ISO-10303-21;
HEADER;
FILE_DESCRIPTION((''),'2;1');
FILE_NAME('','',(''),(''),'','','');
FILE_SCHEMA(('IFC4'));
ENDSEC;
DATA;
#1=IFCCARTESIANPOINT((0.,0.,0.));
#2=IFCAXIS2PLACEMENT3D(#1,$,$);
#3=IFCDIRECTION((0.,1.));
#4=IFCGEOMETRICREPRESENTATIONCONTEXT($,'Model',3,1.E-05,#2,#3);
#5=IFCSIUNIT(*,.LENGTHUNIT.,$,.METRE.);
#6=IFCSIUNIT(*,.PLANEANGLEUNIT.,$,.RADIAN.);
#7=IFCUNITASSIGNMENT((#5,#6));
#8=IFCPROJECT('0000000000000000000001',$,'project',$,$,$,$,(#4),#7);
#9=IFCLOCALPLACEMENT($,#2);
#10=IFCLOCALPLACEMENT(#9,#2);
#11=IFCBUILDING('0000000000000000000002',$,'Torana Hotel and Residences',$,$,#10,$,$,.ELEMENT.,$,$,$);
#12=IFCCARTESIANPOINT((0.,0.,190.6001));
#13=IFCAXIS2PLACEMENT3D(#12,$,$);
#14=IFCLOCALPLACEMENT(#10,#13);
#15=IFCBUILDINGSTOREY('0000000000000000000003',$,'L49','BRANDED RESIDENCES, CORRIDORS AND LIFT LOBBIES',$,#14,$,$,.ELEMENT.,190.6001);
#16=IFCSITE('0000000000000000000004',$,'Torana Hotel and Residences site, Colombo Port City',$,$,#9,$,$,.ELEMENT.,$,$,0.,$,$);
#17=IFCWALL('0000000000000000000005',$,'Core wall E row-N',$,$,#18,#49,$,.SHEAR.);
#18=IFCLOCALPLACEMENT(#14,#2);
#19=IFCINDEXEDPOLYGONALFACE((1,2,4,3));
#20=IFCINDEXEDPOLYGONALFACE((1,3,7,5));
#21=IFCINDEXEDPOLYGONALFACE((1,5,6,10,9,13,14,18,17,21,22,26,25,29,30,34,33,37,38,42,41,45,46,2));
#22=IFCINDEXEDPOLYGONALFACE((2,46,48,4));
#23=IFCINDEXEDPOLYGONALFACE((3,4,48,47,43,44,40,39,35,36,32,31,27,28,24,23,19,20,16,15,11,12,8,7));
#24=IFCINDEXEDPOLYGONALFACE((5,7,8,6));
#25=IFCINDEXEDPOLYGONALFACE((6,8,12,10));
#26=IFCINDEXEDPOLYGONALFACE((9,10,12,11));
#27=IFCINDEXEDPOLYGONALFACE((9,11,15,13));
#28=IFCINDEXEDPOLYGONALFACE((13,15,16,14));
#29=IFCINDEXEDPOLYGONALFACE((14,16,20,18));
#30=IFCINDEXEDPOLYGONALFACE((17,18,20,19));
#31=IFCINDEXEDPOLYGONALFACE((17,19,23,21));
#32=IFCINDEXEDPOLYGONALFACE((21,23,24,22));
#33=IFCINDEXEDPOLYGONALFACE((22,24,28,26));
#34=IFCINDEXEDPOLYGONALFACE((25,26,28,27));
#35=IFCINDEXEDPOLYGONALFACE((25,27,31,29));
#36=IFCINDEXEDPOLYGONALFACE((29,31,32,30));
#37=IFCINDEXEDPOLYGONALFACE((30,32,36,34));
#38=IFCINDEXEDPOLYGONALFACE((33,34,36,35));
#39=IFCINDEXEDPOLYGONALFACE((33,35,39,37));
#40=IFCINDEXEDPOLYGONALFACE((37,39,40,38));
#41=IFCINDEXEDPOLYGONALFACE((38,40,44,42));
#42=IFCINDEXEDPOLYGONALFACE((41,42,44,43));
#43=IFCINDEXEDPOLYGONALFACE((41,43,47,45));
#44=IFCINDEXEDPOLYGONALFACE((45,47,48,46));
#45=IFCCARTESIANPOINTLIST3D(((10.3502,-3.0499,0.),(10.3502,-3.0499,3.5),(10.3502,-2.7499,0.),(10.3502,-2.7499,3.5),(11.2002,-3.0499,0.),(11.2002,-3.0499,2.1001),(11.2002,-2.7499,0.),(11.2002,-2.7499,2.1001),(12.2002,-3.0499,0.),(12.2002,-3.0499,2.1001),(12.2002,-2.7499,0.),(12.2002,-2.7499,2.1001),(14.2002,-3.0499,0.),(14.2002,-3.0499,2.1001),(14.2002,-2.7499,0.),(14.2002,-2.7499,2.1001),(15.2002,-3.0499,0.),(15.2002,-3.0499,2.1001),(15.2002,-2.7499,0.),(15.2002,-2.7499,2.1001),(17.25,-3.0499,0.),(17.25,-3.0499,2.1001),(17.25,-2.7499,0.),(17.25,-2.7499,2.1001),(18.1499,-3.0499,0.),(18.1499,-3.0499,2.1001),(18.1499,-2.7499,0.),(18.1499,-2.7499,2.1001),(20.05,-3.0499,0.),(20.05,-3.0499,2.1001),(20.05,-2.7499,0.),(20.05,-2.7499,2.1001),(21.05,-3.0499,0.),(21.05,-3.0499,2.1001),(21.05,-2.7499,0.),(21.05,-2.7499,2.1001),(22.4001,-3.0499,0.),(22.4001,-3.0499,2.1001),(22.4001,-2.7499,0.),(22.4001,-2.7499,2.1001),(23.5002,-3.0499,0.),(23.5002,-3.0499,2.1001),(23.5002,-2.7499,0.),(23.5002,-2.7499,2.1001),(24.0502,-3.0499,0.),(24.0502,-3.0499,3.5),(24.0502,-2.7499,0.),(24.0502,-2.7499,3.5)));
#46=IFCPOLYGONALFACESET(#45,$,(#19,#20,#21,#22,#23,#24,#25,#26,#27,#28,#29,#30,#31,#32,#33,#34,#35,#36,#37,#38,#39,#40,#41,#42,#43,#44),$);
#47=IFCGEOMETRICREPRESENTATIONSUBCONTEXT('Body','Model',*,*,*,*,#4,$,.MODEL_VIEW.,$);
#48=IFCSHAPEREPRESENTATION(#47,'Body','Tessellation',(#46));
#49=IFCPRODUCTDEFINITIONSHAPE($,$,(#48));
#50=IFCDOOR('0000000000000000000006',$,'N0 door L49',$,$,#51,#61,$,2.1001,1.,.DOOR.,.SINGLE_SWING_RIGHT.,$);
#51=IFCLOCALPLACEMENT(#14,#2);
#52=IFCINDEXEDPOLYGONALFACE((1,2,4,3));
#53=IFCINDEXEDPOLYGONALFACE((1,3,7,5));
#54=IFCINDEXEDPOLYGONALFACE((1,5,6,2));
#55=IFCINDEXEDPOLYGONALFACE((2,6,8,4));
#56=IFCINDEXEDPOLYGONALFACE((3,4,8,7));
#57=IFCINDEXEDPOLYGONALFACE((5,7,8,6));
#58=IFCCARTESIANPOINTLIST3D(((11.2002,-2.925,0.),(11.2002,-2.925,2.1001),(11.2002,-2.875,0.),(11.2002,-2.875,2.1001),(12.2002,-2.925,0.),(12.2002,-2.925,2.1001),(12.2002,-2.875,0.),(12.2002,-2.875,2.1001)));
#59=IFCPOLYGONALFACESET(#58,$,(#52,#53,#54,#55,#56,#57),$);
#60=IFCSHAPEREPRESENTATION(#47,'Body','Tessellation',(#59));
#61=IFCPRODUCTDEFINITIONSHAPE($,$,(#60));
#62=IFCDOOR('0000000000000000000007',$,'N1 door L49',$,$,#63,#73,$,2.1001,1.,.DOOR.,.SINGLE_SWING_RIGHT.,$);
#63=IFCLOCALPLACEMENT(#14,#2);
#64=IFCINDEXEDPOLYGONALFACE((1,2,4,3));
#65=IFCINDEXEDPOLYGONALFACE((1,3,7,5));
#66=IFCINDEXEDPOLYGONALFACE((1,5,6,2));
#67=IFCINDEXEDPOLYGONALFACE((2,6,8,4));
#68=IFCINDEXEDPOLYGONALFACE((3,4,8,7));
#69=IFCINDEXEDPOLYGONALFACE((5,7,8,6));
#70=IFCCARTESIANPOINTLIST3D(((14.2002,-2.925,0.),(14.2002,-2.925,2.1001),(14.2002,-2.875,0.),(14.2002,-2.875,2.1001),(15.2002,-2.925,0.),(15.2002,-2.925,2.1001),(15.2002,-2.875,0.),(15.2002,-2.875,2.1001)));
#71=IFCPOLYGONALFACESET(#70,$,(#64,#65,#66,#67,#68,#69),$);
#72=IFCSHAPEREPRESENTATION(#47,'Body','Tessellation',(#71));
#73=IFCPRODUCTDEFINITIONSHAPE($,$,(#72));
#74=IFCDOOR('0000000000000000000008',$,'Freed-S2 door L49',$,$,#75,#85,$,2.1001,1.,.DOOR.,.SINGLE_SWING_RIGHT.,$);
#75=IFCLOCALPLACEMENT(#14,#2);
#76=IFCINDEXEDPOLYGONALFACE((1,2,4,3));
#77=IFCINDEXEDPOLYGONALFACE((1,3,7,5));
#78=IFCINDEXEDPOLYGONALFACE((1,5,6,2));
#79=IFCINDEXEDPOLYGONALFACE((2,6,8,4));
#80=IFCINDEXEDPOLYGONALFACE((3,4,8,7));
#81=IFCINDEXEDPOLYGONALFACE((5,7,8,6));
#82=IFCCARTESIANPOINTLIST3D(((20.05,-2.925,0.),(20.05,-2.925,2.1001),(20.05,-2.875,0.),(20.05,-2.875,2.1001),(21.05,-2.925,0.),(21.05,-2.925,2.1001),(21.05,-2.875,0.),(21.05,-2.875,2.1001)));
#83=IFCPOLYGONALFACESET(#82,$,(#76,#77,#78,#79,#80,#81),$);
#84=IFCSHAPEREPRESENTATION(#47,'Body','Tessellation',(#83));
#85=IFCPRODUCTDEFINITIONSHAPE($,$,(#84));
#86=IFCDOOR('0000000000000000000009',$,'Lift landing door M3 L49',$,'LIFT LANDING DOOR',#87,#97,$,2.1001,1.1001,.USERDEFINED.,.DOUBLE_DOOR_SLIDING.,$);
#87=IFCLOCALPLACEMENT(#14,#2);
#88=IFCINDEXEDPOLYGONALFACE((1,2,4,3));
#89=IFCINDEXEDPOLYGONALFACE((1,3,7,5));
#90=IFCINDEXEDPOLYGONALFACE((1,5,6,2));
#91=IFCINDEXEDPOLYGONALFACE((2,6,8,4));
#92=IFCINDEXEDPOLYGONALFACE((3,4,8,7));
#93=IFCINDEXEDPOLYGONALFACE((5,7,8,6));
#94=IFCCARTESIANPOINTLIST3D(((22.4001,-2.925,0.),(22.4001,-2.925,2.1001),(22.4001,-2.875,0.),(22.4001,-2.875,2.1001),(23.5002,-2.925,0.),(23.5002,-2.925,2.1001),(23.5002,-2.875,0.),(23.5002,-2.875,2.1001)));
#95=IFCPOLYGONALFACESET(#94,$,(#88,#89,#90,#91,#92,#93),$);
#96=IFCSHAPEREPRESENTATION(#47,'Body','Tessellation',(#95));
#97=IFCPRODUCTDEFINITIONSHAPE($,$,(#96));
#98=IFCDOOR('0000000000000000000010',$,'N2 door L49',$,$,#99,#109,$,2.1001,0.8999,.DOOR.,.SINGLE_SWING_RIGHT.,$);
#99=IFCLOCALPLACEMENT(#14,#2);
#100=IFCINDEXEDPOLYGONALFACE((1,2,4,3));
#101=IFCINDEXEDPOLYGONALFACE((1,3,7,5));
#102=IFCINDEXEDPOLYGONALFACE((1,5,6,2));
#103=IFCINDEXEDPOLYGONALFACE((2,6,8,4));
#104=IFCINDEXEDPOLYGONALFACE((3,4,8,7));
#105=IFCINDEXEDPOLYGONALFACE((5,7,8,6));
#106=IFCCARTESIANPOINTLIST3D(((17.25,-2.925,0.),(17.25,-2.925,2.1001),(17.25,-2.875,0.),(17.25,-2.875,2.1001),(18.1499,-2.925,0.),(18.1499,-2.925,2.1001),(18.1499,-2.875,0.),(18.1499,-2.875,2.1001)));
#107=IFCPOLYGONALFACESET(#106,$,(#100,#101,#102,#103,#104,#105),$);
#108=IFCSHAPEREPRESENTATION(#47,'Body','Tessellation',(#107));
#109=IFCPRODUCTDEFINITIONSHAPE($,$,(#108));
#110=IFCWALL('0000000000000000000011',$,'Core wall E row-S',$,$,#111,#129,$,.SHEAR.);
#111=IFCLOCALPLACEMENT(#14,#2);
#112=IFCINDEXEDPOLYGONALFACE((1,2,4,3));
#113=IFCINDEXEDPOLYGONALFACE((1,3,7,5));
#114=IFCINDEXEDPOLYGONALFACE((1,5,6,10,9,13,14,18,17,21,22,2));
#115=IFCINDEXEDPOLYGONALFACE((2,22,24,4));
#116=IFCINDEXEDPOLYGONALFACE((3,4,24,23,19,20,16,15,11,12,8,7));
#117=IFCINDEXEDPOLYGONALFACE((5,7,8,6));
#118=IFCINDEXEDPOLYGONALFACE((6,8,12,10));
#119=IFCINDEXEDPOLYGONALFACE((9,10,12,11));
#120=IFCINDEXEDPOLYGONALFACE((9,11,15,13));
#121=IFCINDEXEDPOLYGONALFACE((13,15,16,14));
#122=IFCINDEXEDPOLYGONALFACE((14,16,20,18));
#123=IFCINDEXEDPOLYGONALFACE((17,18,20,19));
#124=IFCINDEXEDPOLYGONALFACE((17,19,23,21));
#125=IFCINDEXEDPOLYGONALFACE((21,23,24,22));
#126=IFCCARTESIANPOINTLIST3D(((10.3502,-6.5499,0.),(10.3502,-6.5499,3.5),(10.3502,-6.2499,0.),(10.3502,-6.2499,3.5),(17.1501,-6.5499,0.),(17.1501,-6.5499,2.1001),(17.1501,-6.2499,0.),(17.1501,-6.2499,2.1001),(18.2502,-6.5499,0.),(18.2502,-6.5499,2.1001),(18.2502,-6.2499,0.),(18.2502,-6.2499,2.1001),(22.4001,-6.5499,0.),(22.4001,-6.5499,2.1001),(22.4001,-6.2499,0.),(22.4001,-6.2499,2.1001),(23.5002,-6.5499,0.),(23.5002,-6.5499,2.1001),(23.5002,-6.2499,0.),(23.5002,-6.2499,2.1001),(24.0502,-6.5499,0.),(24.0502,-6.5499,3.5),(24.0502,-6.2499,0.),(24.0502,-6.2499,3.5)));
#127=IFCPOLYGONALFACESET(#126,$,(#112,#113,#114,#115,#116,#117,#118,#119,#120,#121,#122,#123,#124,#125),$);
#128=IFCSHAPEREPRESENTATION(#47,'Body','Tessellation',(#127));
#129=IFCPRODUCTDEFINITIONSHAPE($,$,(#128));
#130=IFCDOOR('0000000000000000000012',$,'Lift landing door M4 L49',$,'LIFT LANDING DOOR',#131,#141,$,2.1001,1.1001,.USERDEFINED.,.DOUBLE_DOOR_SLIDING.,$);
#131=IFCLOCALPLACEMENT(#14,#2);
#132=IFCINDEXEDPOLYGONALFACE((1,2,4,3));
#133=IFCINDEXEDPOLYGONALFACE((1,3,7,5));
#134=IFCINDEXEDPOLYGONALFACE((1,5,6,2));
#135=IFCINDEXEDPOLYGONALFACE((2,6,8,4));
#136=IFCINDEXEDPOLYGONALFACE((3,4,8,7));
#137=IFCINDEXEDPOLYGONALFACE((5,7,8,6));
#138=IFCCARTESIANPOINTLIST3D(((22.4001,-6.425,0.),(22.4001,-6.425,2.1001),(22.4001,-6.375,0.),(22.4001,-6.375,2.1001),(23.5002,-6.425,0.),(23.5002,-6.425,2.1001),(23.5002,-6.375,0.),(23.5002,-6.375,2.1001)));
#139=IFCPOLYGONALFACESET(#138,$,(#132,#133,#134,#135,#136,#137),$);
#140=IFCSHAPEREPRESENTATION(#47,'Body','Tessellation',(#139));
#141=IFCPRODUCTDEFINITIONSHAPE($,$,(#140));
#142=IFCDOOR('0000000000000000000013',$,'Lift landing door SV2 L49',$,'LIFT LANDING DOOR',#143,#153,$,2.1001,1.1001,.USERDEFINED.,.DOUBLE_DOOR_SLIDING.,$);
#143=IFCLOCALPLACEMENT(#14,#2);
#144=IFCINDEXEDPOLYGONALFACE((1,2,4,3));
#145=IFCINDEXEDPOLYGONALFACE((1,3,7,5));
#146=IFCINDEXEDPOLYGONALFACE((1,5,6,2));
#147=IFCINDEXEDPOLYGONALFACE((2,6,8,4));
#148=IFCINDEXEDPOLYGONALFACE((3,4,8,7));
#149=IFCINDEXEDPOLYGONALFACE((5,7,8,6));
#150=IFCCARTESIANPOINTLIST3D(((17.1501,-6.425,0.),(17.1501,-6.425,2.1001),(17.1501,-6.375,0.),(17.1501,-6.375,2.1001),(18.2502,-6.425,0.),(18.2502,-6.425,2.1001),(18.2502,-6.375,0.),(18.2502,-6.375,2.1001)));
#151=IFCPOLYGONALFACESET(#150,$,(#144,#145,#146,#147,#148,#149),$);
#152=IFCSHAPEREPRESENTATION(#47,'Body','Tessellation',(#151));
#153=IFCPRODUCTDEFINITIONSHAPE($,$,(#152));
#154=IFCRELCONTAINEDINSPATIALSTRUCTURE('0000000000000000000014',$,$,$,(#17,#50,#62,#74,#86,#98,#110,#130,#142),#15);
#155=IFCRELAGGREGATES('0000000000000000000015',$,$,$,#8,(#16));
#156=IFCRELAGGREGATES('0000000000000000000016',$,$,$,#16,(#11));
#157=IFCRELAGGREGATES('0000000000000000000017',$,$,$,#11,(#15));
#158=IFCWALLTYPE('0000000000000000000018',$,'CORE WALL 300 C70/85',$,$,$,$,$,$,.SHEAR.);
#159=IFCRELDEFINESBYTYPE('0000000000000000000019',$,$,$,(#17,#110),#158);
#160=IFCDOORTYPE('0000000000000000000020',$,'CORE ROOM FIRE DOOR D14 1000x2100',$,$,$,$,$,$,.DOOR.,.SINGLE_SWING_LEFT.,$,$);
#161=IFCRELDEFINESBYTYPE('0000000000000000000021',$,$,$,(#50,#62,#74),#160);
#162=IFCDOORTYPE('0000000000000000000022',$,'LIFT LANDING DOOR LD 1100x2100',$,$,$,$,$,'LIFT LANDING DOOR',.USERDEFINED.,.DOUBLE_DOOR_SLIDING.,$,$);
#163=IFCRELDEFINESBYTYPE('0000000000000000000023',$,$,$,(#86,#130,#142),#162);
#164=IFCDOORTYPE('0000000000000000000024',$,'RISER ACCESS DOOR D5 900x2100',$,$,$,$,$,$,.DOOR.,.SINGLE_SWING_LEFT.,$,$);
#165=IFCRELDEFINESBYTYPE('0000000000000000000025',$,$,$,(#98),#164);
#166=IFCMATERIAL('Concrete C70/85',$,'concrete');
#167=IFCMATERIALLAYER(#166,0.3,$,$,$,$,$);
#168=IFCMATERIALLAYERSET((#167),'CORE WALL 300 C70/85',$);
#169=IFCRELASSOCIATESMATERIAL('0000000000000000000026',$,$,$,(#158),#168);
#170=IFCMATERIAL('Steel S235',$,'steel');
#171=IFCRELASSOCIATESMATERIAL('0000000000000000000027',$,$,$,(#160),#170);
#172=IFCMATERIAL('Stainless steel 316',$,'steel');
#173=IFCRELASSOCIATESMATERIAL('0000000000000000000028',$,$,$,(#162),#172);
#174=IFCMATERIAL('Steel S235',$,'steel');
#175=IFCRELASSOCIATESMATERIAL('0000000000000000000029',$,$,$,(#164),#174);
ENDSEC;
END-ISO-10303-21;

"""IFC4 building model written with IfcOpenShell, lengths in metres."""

from ifc_helpers import new_model, si_unit, direction, frame, frame_2d, origin, place, context, subcontext, project, spatial, rectangle, extrude, material, layer, layer_set, type_object, element, fill, save


model = new_model("IFC4")

# Units and contexts
model_context = context("Model", 3, precision=1e-05, world=origin(), true_north=direction((0.0, 1.0)))
body_context = subcontext(model_context, "Body", "Model", "MODEL_VIEW")
ifc_project = project(units=[si_unit("LENGTHUNIT", "METRE"), si_unit("PLANEANGLEUNIT", "RADIAN")], contexts=[model_context])

# Site, building, storey
site_placement = place(None, origin())
site = spatial("IfcSite", under=ifc_project, at=site_placement, Name="Torana Hotel and Residences site, Colombo Port City", CompositionType="ELEMENT", RefElevation=0.0)
building_placement = place(site_placement, origin())
building = spatial("IfcBuilding", under=site, at=building_placement, Name="Torana Hotel and Residences", CompositionType="ELEMENT")
storey_placement = place(building_placement, frame((0.0, 0.0, 190.6001)))
storey = spatial("IfcBuildingStorey", under=building, at=storey_placement, Name="L49", Description="BRANDED RESIDENCES, CORRIDORS AND LIFT LOBBIES", CompositionType="ELEMENT", Elevation=190.6001)

# Walls, openings, doors
ifc_material_1 = material(Name="Concrete C70/85", Category="concrete")
ifc_layer_1 = layer(ifc_material_1, 0.3)
ifc_layer_set_1 = layer_set([ifc_layer_1], Name="CORE WALL 300 C70/85")
wall_type_1 = type_object("IfcWallType", Name="CORE WALL 300 C70/85", PredefinedType="SHEAR", material=ifc_layer_set_1)
wall_1_placement = place(storey_placement, frame((10.3501, -2.8999, 0.0), z_axis=(0.0, 0.0, 1.0), x_axis=(1.0, 0.0, 0.0)))
wall_1 = element("IfcWall", 1, at=wall_1_placement, inside=storey, type_object=wall_type_1, Name="Core wall E row-N", PredefinedType="SHEAR", context=body_context, shape_type="SweptSolid", body=[
    extrude(rectangle(XDim=13.7, YDim=0.3, at=frame_2d((6.8501, 0.0))), origin(), (0.0, 0.0, 1.0), 3.5),
])
opening_1_placement = place(wall_1_placement, frame((12.05, 0.0, 0.0)))
opening_1 = element("IfcOpeningElement", 2, at=opening_1_placement, cuts=wall_1, PredefinedType="OPENING", context=body_context, shape_type="SweptSolid", body=[
    extrude(rectangle(XDim=1.1001, YDim=2.1001, at=frame_2d((0.55, 1.05))), frame((0.0, 0.1599, 0.0), z_axis=(0.0, -1.0, 0.0), x_axis=(1.0, 0.0, 0.0)), (0.0, 0.0, 1.0), 0.3201),
])
opening_2_placement = place(wall_1_placement, frame((6.8999, 0.0, 0.0)))
opening_2 = element("IfcOpeningElement", 3, at=opening_2_placement, cuts=wall_1, PredefinedType="OPENING", context=body_context, shape_type="SweptSolid", body=[
    extrude(rectangle(XDim=0.8999, YDim=2.1001, at=frame_2d((0.45, 1.05))), frame((0.0, 0.1599, 0.0), z_axis=(0.0, -1.0, 0.0), x_axis=(1.0, 0.0, 0.0)), (0.0, 0.0, 1.0), 0.3201),
])
opening_3_placement = place(wall_1_placement, frame((0.8501, 0.0, 0.0)))
opening_3 = element("IfcOpeningElement", 4, at=opening_3_placement, cuts=wall_1, PredefinedType="OPENING", context=body_context, shape_type="SweptSolid", body=[
    extrude(rectangle(XDim=1.0, YDim=2.1001, at=frame_2d((0.5, 1.05))), frame((0.0, 0.1599, 0.0), z_axis=(0.0, -1.0, 0.0), x_axis=(1.0, 0.0, 0.0)), (0.0, 0.0, 1.0), 0.3201),
])
opening_4_placement = place(wall_1_placement, frame((3.8501, 0.0, 0.0)))
opening_4 = element("IfcOpeningElement", 5, at=opening_4_placement, cuts=wall_1, PredefinedType="OPENING", context=body_context, shape_type="SweptSolid", body=[
    extrude(rectangle(XDim=1.0, YDim=2.1001, at=frame_2d((0.5, 1.05))), frame((0.0, 0.1599, 0.0), z_axis=(0.0, -1.0, 0.0), x_axis=(1.0, 0.0, 0.0)), (0.0, 0.0, 1.0), 0.3201),
])
opening_5_placement = place(wall_1_placement, frame((9.7, 0.0, 0.0)))
opening_5 = element("IfcOpeningElement", 6, at=opening_5_placement, cuts=wall_1, PredefinedType="OPENING", context=body_context, shape_type="SweptSolid", body=[
    extrude(rectangle(XDim=1.0, YDim=2.1001, at=frame_2d((0.5, 1.05))), frame((0.0, 0.1599, 0.0), z_axis=(0.0, -1.0, 0.0), x_axis=(1.0, 0.0, 0.0)), (0.0, 0.0, 1.0), 0.3201),
])
ifc_material_2 = material(Name="Steel S235", Category="steel")
door_type_1 = type_object("IfcDoorType", Name="CORE ROOM FIRE DOOR D14 1000x2100", OperationType="SINGLE_SWING_LEFT", PredefinedType="DOOR", material=ifc_material_2)
door_1_placement = place(opening_3_placement, origin())
door_1 = element("IfcDoor", 7, at=door_1_placement, inside=storey, type_object=door_type_1, Name="N0 door L49", OperationType="SINGLE_SWING_RIGHT", OverallHeight=2.1001, OverallWidth=1.0, PredefinedType="DOOR", context=body_context, shape_type="SweptSolid", body=[
    extrude(rectangle(XDim=1.0, YDim=2.1001, at=frame_2d((0.5, 1.05))), frame((0.0, 0.0249, 0.0), z_axis=(0.0, -1.0, 0.0), x_axis=(1.0, 0.0, 0.0)), (0.0, 0.0, 1.0), 0.05),
])
fill(opening_3, door_1)
door_2_placement = place(opening_4_placement, origin())
door_2 = element("IfcDoor", 8, at=door_2_placement, inside=storey, type_object=door_type_1, Name="N1 door L49", OperationType="SINGLE_SWING_RIGHT", OverallHeight=2.1001, OverallWidth=1.0, PredefinedType="DOOR", context=body_context, shape_type="SweptSolid", body=[
    extrude(rectangle(XDim=1.0, YDim=2.1001, at=frame_2d((0.5, 1.05))), frame((0.0, 0.0249, 0.0), z_axis=(0.0, -1.0, 0.0), x_axis=(1.0, 0.0, 0.0)), (0.0, 0.0, 1.0), 0.05),
])
fill(opening_4, door_2)
door_3_placement = place(opening_5_placement, origin())
door_3 = element("IfcDoor", 9, at=door_3_placement, inside=storey, type_object=door_type_1, Name="Freed-S2 door L49", OperationType="SINGLE_SWING_RIGHT", OverallHeight=2.1001, OverallWidth=1.0, PredefinedType="DOOR", context=body_context, shape_type="SweptSolid", body=[
    extrude(rectangle(XDim=1.0, YDim=2.1001, at=frame_2d((0.5, 1.05))), frame((0.0, 0.0249, 0.0), z_axis=(0.0, -1.0, 0.0), x_axis=(1.0, 0.0, 0.0)), (0.0, 0.0, 1.0), 0.05),
])
fill(opening_5, door_3)
ifc_material_3 = material(Name="Stainless steel 316", Category="steel")
door_type_2 = type_object("IfcDoorType", Name="LIFT LANDING DOOR LD 1100x2100", ElementType="LIFT LANDING DOOR", OperationType="DOUBLE_DOOR_SLIDING", PredefinedType="USERDEFINED", material=ifc_material_3)
door_4_placement = place(opening_1_placement, origin())
door_4 = element("IfcDoor", 10, at=door_4_placement, inside=storey, type_object=door_type_2, Name="Lift landing door M3 L49", ObjectType="LIFT LANDING DOOR", OperationType="DOUBLE_DOOR_SLIDING", OverallHeight=2.1001, OverallWidth=1.1001, PredefinedType="USERDEFINED", context=body_context, shape_type="SweptSolid", body=[
    extrude(rectangle(XDim=1.1001, YDim=2.1001, at=frame_2d((0.55, 1.05))), frame((0.0, 0.0249, 0.0), z_axis=(0.0, -1.0, 0.0), x_axis=(1.0, 0.0, 0.0)), (0.0, 0.0, 1.0), 0.05),
])
fill(opening_1, door_4)
ifc_material_4 = material(Name="Steel S235", Category="steel")
door_type_3 = type_object("IfcDoorType", Name="RISER ACCESS DOOR D5 900x2100", OperationType="SINGLE_SWING_LEFT", PredefinedType="DOOR", material=ifc_material_4)
door_5_placement = place(opening_2_placement, origin())
door_5 = element("IfcDoor", 11, at=door_5_placement, inside=storey, type_object=door_type_3, Name="N2 door L49", OperationType="SINGLE_SWING_RIGHT", OverallHeight=2.1001, OverallWidth=0.8999, PredefinedType="DOOR", context=body_context, shape_type="SweptSolid", body=[
    extrude(rectangle(XDim=0.8999, YDim=2.1001, at=frame_2d((0.45, 1.05))), frame((0.0, 0.0249, 0.0), z_axis=(0.0, -1.0, 0.0), x_axis=(1.0, 0.0, 0.0)), (0.0, 0.0, 1.0), 0.05),
])
fill(opening_2, door_5)
wall_2_placement = place(storey_placement, frame((10.3501, -6.3999, 0.0), z_axis=(0.0, 0.0, 1.0), x_axis=(1.0, 0.0, 0.0)))
wall_2 = element("IfcWall", 12, at=wall_2_placement, inside=storey, type_object=wall_type_1, Name="Core wall E row-S", PredefinedType="SHEAR", context=body_context, shape_type="SweptSolid", body=[
    extrude(rectangle(XDim=13.7, YDim=0.3, at=frame_2d((6.8501, 0.0))), origin(), (0.0, 0.0, 1.0), 3.5),
])
opening_6_placement = place(wall_2_placement, frame((12.05, 0.0, 0.0)))
opening_6 = element("IfcOpeningElement", 13, at=opening_6_placement, cuts=wall_2, PredefinedType="OPENING", context=body_context, shape_type="SweptSolid", body=[
    extrude(rectangle(XDim=1.1001, YDim=2.1001, at=frame_2d((0.55, 1.05))), frame((0.0, 0.1599, 0.0), z_axis=(0.0, -1.0, 0.0), x_axis=(1.0, 0.0, 0.0)), (0.0, 0.0, 1.0), 0.3201),
])
opening_7_placement = place(wall_2_placement, frame((6.8, 0.0, 0.0)))
opening_7 = element("IfcOpeningElement", 14, at=opening_7_placement, cuts=wall_2, PredefinedType="OPENING", context=body_context, shape_type="SweptSolid", body=[
    extrude(rectangle(XDim=1.1001, YDim=2.1001, at=frame_2d((0.55, 1.05))), frame((0.0, 0.1599, 0.0), z_axis=(0.0, -1.0, 0.0), x_axis=(1.0, 0.0, 0.0)), (0.0, 0.0, 1.0), 0.3201),
])
door_6_placement = place(opening_6_placement, origin())
door_6 = element("IfcDoor", 15, at=door_6_placement, inside=storey, type_object=door_type_2, Name="Lift landing door M4 L49", ObjectType="LIFT LANDING DOOR", OperationType="DOUBLE_DOOR_SLIDING", OverallHeight=2.1001, OverallWidth=1.1001, PredefinedType="USERDEFINED", context=body_context, shape_type="SweptSolid", body=[
    extrude(rectangle(XDim=1.1001, YDim=2.1001, at=frame_2d((0.55, 1.05))), frame((0.0, 0.0249, 0.0), z_axis=(0.0, -1.0, 0.0), x_axis=(1.0, 0.0, 0.0)), (0.0, 0.0, 1.0), 0.05),
])
fill(opening_6, door_6)
door_7_placement = place(opening_7_placement, origin())
door_7 = element("IfcDoor", 16, at=door_7_placement, inside=storey, type_object=door_type_2, Name="Lift landing door SV2 L49", ObjectType="LIFT LANDING DOOR", OperationType="DOUBLE_DOOR_SLIDING", OverallHeight=2.1001, OverallWidth=1.1001, PredefinedType="USERDEFINED", context=body_context, shape_type="SweptSolid", body=[
    extrude(rectangle(XDim=1.1001, YDim=2.1001, at=frame_2d((0.55, 1.05))), frame((0.0, 0.0249, 0.0), z_axis=(0.0, -1.0, 0.0), x_axis=(1.0, 0.0, 0.0)), (0.0, 0.0, 1.0), 0.05),
])
fill(opening_7, door_7)

save(model, "model.ifc")
